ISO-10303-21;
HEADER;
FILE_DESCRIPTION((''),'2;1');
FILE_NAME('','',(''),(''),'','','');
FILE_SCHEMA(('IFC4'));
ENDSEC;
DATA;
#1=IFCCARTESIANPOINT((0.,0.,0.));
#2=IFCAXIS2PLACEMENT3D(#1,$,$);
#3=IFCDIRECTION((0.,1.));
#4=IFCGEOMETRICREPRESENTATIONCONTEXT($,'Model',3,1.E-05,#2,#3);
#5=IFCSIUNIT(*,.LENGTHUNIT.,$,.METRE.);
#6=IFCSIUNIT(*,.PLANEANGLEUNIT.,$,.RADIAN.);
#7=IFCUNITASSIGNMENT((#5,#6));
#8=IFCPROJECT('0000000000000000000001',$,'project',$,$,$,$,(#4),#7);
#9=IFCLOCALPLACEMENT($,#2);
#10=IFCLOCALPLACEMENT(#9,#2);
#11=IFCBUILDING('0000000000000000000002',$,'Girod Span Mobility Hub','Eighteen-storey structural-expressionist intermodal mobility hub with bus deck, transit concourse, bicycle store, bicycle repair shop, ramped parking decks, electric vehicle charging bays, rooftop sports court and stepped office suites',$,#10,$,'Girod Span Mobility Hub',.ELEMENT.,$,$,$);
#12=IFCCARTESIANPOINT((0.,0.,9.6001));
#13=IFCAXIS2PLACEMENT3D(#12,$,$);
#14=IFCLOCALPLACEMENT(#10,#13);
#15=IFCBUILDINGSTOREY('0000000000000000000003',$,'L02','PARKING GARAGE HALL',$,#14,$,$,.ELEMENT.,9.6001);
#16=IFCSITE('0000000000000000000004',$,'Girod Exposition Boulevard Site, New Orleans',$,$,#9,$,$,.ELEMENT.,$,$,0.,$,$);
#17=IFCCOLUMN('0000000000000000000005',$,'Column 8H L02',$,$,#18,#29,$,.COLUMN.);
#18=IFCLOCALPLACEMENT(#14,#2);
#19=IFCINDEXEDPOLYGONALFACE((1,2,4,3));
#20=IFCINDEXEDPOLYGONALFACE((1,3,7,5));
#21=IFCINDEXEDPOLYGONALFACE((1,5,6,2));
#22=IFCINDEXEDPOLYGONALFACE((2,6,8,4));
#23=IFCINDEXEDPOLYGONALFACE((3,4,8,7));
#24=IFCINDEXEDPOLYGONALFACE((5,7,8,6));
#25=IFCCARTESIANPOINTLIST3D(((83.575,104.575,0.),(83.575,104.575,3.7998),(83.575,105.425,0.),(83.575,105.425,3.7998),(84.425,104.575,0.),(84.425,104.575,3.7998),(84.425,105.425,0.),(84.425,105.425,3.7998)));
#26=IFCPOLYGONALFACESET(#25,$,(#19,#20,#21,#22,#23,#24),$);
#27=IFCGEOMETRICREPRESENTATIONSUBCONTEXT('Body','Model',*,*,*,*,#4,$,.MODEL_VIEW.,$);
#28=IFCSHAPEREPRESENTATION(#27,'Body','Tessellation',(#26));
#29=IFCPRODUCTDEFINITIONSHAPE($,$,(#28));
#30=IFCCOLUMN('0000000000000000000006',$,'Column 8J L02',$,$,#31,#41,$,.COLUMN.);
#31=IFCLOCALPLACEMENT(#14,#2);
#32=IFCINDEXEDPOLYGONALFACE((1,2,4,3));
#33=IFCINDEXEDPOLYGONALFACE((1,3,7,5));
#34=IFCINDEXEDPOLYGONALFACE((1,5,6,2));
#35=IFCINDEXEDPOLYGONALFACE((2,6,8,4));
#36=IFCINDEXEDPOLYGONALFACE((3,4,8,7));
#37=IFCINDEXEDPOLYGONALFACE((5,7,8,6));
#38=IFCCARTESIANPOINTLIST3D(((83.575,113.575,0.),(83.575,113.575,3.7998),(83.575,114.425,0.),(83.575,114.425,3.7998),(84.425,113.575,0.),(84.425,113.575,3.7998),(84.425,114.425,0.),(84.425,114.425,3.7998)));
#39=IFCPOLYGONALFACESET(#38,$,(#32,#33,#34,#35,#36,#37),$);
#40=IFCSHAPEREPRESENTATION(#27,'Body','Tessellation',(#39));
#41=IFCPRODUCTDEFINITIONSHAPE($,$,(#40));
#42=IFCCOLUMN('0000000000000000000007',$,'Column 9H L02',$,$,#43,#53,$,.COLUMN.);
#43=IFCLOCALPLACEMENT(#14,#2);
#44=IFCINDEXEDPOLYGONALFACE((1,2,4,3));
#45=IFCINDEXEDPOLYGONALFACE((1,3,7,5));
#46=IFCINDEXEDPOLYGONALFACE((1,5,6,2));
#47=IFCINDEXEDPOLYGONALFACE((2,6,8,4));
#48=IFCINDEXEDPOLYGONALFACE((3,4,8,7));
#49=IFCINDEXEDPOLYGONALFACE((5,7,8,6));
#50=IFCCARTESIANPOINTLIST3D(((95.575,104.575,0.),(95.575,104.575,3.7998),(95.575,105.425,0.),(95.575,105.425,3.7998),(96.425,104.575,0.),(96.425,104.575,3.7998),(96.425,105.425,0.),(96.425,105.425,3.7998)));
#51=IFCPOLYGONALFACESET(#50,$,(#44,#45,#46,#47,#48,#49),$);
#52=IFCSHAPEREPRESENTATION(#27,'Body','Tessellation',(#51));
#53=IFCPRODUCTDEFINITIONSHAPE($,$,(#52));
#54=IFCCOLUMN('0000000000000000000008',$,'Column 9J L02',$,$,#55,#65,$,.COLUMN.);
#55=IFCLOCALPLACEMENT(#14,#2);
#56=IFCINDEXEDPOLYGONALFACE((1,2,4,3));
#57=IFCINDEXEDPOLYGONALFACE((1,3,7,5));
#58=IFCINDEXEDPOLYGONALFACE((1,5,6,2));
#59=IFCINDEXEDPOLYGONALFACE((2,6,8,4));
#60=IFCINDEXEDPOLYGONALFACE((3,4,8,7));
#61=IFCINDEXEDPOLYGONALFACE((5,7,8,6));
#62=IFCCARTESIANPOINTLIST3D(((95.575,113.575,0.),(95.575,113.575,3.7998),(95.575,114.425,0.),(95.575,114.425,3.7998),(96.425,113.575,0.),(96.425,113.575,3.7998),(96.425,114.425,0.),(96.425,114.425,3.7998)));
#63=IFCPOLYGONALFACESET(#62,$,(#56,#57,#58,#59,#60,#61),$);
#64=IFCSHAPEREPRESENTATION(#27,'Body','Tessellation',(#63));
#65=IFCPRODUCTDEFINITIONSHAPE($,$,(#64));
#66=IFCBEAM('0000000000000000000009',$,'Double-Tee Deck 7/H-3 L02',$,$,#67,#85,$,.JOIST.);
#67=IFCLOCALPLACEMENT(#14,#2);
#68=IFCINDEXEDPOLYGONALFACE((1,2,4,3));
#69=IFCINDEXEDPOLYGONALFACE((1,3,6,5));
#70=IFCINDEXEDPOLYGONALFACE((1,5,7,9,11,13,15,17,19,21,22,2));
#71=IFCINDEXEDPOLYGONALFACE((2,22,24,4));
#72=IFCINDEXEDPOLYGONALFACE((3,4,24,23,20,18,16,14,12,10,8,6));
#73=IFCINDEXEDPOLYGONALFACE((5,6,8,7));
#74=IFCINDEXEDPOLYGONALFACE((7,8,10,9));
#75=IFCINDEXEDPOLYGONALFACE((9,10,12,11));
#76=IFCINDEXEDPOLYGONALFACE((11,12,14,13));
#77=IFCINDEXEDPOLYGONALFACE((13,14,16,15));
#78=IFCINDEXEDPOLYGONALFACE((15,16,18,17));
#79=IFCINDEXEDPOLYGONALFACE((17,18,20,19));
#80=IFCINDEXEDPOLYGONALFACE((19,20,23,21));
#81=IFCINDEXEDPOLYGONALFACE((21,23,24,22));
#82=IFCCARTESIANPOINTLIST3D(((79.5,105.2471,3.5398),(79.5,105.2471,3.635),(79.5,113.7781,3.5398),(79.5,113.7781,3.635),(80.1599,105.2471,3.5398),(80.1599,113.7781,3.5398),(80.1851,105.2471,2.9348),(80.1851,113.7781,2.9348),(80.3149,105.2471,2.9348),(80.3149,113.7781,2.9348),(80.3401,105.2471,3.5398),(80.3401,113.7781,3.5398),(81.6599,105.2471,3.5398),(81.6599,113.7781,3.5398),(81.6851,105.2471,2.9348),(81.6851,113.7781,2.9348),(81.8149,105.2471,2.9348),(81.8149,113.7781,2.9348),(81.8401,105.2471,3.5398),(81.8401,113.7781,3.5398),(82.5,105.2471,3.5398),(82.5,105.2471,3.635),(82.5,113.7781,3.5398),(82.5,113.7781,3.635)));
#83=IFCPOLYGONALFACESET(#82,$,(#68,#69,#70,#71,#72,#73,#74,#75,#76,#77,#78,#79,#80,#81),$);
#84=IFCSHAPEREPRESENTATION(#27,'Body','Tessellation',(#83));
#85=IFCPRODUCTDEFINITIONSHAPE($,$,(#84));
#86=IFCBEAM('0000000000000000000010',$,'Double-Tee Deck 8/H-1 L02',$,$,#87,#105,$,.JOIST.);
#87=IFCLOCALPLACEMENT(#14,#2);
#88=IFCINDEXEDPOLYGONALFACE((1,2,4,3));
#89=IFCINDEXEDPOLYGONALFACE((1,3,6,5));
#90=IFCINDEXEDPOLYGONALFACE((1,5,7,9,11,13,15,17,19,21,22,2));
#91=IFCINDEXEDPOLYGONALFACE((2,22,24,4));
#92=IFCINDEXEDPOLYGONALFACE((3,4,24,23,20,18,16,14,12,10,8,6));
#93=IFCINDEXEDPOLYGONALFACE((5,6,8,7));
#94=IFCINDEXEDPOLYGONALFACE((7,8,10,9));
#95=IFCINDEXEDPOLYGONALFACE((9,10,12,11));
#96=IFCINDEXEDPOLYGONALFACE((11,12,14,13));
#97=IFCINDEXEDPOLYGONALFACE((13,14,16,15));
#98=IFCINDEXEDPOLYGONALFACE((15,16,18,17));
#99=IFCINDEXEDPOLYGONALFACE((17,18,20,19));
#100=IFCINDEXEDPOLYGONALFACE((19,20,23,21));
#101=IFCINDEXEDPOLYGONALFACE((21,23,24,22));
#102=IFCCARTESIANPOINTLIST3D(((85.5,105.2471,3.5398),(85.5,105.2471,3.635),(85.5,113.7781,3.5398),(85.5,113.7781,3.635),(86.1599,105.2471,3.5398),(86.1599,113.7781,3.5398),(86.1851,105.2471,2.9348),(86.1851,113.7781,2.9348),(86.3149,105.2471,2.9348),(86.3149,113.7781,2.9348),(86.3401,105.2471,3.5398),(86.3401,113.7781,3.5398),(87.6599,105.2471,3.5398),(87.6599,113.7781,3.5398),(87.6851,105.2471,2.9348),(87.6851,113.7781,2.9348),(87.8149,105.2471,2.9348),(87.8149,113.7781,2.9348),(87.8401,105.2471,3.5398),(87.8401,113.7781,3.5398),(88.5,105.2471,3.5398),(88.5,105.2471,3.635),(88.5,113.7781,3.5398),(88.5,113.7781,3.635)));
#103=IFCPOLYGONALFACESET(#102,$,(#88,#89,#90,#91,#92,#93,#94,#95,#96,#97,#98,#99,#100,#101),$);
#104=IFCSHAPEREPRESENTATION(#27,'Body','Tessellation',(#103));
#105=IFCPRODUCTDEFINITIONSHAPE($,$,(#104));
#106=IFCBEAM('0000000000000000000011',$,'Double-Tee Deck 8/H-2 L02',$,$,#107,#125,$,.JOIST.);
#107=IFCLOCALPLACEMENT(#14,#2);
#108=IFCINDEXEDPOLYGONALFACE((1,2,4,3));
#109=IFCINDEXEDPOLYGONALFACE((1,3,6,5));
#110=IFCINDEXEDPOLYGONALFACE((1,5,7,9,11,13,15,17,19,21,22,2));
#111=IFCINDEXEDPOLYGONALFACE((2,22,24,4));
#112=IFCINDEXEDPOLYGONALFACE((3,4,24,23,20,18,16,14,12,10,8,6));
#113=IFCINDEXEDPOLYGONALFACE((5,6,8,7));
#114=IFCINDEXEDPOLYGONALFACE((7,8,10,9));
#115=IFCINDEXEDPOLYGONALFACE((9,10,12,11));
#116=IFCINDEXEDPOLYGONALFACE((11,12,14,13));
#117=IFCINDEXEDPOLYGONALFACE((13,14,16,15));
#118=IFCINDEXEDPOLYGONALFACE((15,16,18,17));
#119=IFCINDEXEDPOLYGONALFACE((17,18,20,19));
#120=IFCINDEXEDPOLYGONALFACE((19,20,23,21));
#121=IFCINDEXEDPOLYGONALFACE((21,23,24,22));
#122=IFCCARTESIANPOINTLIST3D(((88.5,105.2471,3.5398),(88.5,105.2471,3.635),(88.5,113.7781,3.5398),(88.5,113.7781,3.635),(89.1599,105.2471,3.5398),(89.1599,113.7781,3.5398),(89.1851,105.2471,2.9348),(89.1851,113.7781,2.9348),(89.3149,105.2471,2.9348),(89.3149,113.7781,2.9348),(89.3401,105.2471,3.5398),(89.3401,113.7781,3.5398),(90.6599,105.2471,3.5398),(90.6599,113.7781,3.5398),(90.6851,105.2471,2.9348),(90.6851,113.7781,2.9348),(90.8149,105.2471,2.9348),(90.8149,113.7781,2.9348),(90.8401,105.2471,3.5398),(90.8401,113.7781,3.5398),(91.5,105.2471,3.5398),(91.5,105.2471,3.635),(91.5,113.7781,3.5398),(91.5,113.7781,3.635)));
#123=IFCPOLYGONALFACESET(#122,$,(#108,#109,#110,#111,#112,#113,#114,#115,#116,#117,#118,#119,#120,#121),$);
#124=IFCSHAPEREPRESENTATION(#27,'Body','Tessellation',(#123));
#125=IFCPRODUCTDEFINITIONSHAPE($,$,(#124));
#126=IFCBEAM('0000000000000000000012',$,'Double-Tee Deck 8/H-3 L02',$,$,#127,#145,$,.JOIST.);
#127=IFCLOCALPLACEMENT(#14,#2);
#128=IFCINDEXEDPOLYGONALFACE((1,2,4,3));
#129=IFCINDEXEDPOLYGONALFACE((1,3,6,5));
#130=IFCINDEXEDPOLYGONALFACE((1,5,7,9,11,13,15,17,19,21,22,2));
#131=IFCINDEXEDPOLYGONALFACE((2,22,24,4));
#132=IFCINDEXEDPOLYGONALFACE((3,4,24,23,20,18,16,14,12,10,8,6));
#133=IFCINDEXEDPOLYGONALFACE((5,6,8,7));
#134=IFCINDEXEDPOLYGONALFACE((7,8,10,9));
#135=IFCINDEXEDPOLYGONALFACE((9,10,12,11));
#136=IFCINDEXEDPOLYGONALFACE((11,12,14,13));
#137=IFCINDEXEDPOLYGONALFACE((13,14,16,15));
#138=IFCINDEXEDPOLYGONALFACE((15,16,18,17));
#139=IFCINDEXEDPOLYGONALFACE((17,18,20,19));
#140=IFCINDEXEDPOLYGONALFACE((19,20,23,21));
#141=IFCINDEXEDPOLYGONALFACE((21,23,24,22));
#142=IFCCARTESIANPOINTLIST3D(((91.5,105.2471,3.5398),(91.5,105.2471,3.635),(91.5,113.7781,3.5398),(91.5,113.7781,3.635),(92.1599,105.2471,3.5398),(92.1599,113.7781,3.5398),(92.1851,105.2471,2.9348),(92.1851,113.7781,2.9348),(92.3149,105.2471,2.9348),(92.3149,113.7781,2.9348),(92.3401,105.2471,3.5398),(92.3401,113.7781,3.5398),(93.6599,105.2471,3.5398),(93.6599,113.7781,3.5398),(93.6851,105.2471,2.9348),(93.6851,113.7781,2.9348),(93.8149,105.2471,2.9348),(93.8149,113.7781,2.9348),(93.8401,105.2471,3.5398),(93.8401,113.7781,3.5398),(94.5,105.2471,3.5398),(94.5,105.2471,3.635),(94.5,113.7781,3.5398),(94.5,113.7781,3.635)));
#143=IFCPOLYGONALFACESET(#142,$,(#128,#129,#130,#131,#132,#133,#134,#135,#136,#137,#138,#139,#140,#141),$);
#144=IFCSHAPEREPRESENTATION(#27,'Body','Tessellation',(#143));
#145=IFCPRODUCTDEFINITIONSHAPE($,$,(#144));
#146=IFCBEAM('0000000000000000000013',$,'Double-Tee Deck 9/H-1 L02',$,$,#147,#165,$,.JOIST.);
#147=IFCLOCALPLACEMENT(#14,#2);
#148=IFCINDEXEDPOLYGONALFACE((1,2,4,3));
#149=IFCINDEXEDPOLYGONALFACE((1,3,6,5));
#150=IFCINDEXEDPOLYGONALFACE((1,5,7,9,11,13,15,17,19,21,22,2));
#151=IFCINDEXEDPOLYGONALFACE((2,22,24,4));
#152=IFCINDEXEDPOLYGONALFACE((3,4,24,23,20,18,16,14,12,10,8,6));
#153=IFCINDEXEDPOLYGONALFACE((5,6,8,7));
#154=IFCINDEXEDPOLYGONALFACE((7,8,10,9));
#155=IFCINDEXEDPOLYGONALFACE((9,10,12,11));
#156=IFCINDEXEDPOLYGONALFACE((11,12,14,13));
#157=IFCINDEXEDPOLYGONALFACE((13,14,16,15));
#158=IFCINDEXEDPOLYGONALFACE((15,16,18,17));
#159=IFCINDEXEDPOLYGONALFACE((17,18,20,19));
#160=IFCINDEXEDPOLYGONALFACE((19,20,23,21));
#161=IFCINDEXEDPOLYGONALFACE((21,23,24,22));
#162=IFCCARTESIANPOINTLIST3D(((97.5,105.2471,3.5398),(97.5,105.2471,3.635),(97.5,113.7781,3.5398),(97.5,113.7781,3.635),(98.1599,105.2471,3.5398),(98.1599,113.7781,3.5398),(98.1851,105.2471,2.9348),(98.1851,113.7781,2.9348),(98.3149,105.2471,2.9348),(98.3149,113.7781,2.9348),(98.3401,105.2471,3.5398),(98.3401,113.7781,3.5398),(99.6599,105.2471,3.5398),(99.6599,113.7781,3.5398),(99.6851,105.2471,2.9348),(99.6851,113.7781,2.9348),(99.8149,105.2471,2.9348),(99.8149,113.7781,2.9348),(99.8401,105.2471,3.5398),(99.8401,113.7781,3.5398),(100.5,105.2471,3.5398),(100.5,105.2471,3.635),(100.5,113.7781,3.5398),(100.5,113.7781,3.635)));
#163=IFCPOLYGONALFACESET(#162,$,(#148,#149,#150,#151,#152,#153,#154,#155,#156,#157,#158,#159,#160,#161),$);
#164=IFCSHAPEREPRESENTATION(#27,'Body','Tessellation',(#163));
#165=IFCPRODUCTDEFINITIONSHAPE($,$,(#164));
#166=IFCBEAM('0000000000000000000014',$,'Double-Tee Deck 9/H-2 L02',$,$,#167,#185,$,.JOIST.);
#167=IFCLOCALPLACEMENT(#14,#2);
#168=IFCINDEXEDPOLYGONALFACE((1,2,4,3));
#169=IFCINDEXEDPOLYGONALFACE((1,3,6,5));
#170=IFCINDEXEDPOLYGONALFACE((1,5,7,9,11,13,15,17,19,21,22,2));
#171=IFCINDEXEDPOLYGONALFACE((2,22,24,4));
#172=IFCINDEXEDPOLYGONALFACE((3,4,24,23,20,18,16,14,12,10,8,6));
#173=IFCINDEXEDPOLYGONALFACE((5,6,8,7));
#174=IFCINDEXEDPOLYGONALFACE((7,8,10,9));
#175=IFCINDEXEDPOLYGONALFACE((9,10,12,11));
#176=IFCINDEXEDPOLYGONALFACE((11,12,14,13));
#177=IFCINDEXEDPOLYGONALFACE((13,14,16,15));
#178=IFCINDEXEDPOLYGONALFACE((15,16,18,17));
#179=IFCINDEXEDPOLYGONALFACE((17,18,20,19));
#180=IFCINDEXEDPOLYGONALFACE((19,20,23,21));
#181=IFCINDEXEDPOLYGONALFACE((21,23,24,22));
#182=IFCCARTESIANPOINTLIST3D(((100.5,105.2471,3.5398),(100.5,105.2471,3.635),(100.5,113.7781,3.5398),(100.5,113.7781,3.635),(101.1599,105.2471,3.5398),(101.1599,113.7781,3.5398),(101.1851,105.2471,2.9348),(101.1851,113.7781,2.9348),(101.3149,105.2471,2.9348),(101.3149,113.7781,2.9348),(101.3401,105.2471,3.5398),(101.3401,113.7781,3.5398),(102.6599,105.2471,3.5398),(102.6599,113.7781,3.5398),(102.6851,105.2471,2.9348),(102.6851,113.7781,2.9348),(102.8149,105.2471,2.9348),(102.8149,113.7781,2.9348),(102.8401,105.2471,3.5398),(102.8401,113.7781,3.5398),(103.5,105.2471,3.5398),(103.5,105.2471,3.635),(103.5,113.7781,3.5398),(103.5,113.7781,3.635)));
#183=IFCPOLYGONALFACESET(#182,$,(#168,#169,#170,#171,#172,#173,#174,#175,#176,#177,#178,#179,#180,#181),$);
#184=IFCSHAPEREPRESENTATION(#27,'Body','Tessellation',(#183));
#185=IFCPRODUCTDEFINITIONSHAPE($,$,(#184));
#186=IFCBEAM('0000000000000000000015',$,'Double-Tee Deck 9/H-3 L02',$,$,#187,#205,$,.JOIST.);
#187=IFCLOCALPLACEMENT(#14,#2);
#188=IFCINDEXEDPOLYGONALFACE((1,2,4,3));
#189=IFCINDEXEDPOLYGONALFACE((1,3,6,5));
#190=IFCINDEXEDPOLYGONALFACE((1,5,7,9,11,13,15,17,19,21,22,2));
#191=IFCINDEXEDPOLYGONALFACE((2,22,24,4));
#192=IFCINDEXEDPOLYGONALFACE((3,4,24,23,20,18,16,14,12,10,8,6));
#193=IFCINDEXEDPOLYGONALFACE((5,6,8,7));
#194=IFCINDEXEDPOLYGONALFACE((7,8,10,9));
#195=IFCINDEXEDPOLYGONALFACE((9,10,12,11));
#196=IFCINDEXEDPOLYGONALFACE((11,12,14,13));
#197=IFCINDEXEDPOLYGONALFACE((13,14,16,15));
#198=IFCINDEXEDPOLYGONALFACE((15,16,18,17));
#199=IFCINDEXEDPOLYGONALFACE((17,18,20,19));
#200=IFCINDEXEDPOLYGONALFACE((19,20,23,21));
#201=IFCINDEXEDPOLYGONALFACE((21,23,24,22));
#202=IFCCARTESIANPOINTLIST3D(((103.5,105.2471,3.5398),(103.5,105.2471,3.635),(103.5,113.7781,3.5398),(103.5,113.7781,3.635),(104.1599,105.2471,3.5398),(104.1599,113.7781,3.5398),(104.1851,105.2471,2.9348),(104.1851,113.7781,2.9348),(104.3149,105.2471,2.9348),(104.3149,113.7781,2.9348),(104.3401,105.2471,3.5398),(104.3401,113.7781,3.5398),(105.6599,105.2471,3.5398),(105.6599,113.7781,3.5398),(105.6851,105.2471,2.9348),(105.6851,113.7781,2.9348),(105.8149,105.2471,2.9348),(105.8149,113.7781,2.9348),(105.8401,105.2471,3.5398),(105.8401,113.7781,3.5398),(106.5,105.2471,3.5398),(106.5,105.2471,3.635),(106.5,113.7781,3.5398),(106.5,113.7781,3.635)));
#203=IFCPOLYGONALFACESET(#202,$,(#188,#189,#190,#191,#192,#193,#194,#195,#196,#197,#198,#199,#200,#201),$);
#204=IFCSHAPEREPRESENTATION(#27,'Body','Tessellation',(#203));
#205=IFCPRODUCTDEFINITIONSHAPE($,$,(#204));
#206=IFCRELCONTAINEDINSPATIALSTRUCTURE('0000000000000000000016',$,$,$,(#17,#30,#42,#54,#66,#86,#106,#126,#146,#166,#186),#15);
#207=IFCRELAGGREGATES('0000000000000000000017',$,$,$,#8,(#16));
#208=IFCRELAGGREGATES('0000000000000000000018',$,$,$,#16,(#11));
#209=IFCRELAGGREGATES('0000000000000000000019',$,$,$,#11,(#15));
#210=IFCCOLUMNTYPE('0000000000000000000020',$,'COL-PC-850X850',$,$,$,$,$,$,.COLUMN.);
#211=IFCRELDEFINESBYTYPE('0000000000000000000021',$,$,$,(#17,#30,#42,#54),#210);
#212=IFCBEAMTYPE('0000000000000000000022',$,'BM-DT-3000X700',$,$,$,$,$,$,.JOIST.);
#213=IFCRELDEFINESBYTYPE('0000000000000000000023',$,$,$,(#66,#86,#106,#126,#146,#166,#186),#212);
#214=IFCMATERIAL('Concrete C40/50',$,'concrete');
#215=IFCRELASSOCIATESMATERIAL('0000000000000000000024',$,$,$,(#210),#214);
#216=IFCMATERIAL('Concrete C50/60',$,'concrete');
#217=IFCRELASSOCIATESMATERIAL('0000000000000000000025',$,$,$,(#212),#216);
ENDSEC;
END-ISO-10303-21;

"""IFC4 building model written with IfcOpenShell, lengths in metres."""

from ifc_helpers import new_model, si_unit, direction, frame, origin, origin_2d, place, context, subcontext, project, spatial, polyline, rectangle, outline, extrude, material, material_profile, profile_set, type_object, element, save


model = new_model("IFC4")

# Units and contexts
model_context = context("Model", 3, precision=1e-05, world=origin(), true_north=direction((0.0, 1.0)))
body_context = subcontext(model_context, "Body", "Model", "MODEL_VIEW")
ifc_project = project(units=[si_unit("LENGTHUNIT", "METRE"), si_unit("PLANEANGLEUNIT", "RADIAN")], contexts=[model_context])

# Site, building, storey
site_placement = place(None, origin())
site = spatial("IfcSite", under=ifc_project, at=site_placement, Name="Girod Exposition Boulevard Site, New Orleans", CompositionType="ELEMENT", RefElevation=0.0)
building_placement = place(site_placement, origin())
building = spatial("IfcBuilding", under=site, at=building_placement, Name="Girod Span Mobility Hub", Description="Eighteen-storey structural-expressionist intermodal mobility hub with bus deck, transit concourse, bicycle store, bicycle repair shop, ramped parking decks, electric vehicle charging bays, rooftop sports court and stepped office suites", LongName="Girod Span Mobility Hub", CompositionType="ELEMENT")
storey_placement = place(building_placement, frame((0.0, 0.0, 9.6001)))
storey = spatial("IfcBuildingStorey", under=building, at=storey_placement, Name="L02", Description="PARKING GARAGE HALL", CompositionType="ELEMENT", Elevation=9.6001)

# Columns
ifc_material_1 = material(Name="Concrete C40/50", Category="concrete")
ifc_material_profile_1 = material_profile(ifc_material_1, rectangle(XDim=0.8501, YDim=0.8501, at=origin_2d()), Name="PC-COL-850X850")
ifc_profile_set_1 = profile_set([ifc_material_profile_1], Name="Concrete C40/50")
column_type = type_object("IfcColumnType", Name="COL-PC-850X850", PredefinedType="COLUMN", material=ifc_profile_set_1)
for number, where, z_axis, x_axis, name in (
    (1, (84.0, 105.0, 0.0), (0.0, 0.0, 1.0), (1.0, 0.0, 0.0), "Column 8H L02"),
    (2, (84.0, 114.0, 0.0), (0.0, 0.0, 1.0), (1.0, 0.0, 0.0), "Column 8J L02"),
    (3, (96.0, 105.0, 0.0), (0.0, 0.0, 1.0), (1.0, 0.0, 0.0), "Column 9H L02"),
    (4, (96.0, 114.0, 0.0), (0.0, 0.0, 1.0), (1.0, 0.0, 0.0), "Column 9J L02"),
):
    element("IfcColumn", number, at=place(storey_placement, frame(where, z_axis=z_axis, x_axis=x_axis)), inside=storey, type_object=column_type, Name=name, PredefinedType="COLUMN", context=body_context, shape_type="SweptSolid", body=[
        extrude(rectangle(XDim=0.8501, YDim=0.8501, at=origin_2d()), origin(), (0.0, 0.0, 1.0), 3.7998),
    ])

# Beams
ifc_material_2 = material(Name="Concrete C50/60", Category="concrete")
ifc_material_profile_2 = material_profile(ifc_material_2, outline(polyline([(-1.5, 0.3501), (-1.5, 0.2549), (-0.8401, 0.2549), (-0.8149, -0.3501), (-0.6851, -0.3501), (-0.6599, 0.2549), (0.6599, 0.2549), (0.6851, -0.3501), (0.8149, -0.3501), (0.8401, 0.2549), (1.5, 0.2549), (1.5, 0.3501), (-1.5, 0.3501)])), Name="DT-3000X700")
ifc_profile_set_2 = profile_set([ifc_material_profile_2], Name="Concrete C50/60")
beam_type_1 = type_object("IfcBeamType", Name="BM-DT-3000X700", PredefinedType="JOIST", material=ifc_profile_set_2)
for number, where, z_axis, x_axis, name in (
    (5, (81.0, 105.2471, 3.2849), (0.0, 1.0, 0.0), (-1.0, 0.0, 0.0), "Double-Tee Deck 7/H-3 L02"),
    (6, (87.0, 105.2471, 3.2849), (0.0, 1.0, 0.0), (-1.0, 0.0, 0.0), "Double-Tee Deck 8/H-1 L02"),
    (7, (90.0, 105.2471, 3.2849), (0.0, 1.0, 0.0), (-1.0, 0.0, 0.0), "Double-Tee Deck 8/H-2 L02"),
    (8, (93.0, 105.2471, 3.2849), (0.0, 1.0, 0.0), (-1.0, 0.0, 0.0), "Double-Tee Deck 8/H-3 L02"),
    (9, (99.0, 105.2471, 3.2849), (0.0, 1.0, 0.0), (-1.0, 0.0, 0.0), "Double-Tee Deck 9/H-1 L02"),
    (10, (102.0, 105.2471, 3.2849), (0.0, 1.0, 0.0), (-1.0, 0.0, 0.0), "Double-Tee Deck 9/H-2 L02"),
    (11, (105.0, 105.2471, 3.2849), (0.0, 1.0, 0.0), (-1.0, 0.0, 0.0), "Double-Tee Deck 9/H-3 L02"),
):
    element("IfcBeam", number, at=place(storey_placement, frame(where, z_axis=z_axis, x_axis=x_axis)), inside=storey, type_object=beam_type_1, Name=name, PredefinedType="JOIST", context=body_context, shape_type="SweptSolid", body=[
        extrude(outline(polyline([(-1.5, 0.3501), (-1.5, 0.2549), (-0.8401, 0.2549), (-0.8149, -0.3501), (-0.6851, -0.3501), (-0.6599, 0.2549), (0.6599, 0.2549), (0.6851, -0.3501), (0.8149, -0.3501), (0.8401, 0.2549), (1.5, 0.2549), (1.5, 0.3501), (-1.5, 0.3501)])), origin(), (0.0, 0.0, 1.0), 8.531),
    ])

save(model, "model.ifc")
